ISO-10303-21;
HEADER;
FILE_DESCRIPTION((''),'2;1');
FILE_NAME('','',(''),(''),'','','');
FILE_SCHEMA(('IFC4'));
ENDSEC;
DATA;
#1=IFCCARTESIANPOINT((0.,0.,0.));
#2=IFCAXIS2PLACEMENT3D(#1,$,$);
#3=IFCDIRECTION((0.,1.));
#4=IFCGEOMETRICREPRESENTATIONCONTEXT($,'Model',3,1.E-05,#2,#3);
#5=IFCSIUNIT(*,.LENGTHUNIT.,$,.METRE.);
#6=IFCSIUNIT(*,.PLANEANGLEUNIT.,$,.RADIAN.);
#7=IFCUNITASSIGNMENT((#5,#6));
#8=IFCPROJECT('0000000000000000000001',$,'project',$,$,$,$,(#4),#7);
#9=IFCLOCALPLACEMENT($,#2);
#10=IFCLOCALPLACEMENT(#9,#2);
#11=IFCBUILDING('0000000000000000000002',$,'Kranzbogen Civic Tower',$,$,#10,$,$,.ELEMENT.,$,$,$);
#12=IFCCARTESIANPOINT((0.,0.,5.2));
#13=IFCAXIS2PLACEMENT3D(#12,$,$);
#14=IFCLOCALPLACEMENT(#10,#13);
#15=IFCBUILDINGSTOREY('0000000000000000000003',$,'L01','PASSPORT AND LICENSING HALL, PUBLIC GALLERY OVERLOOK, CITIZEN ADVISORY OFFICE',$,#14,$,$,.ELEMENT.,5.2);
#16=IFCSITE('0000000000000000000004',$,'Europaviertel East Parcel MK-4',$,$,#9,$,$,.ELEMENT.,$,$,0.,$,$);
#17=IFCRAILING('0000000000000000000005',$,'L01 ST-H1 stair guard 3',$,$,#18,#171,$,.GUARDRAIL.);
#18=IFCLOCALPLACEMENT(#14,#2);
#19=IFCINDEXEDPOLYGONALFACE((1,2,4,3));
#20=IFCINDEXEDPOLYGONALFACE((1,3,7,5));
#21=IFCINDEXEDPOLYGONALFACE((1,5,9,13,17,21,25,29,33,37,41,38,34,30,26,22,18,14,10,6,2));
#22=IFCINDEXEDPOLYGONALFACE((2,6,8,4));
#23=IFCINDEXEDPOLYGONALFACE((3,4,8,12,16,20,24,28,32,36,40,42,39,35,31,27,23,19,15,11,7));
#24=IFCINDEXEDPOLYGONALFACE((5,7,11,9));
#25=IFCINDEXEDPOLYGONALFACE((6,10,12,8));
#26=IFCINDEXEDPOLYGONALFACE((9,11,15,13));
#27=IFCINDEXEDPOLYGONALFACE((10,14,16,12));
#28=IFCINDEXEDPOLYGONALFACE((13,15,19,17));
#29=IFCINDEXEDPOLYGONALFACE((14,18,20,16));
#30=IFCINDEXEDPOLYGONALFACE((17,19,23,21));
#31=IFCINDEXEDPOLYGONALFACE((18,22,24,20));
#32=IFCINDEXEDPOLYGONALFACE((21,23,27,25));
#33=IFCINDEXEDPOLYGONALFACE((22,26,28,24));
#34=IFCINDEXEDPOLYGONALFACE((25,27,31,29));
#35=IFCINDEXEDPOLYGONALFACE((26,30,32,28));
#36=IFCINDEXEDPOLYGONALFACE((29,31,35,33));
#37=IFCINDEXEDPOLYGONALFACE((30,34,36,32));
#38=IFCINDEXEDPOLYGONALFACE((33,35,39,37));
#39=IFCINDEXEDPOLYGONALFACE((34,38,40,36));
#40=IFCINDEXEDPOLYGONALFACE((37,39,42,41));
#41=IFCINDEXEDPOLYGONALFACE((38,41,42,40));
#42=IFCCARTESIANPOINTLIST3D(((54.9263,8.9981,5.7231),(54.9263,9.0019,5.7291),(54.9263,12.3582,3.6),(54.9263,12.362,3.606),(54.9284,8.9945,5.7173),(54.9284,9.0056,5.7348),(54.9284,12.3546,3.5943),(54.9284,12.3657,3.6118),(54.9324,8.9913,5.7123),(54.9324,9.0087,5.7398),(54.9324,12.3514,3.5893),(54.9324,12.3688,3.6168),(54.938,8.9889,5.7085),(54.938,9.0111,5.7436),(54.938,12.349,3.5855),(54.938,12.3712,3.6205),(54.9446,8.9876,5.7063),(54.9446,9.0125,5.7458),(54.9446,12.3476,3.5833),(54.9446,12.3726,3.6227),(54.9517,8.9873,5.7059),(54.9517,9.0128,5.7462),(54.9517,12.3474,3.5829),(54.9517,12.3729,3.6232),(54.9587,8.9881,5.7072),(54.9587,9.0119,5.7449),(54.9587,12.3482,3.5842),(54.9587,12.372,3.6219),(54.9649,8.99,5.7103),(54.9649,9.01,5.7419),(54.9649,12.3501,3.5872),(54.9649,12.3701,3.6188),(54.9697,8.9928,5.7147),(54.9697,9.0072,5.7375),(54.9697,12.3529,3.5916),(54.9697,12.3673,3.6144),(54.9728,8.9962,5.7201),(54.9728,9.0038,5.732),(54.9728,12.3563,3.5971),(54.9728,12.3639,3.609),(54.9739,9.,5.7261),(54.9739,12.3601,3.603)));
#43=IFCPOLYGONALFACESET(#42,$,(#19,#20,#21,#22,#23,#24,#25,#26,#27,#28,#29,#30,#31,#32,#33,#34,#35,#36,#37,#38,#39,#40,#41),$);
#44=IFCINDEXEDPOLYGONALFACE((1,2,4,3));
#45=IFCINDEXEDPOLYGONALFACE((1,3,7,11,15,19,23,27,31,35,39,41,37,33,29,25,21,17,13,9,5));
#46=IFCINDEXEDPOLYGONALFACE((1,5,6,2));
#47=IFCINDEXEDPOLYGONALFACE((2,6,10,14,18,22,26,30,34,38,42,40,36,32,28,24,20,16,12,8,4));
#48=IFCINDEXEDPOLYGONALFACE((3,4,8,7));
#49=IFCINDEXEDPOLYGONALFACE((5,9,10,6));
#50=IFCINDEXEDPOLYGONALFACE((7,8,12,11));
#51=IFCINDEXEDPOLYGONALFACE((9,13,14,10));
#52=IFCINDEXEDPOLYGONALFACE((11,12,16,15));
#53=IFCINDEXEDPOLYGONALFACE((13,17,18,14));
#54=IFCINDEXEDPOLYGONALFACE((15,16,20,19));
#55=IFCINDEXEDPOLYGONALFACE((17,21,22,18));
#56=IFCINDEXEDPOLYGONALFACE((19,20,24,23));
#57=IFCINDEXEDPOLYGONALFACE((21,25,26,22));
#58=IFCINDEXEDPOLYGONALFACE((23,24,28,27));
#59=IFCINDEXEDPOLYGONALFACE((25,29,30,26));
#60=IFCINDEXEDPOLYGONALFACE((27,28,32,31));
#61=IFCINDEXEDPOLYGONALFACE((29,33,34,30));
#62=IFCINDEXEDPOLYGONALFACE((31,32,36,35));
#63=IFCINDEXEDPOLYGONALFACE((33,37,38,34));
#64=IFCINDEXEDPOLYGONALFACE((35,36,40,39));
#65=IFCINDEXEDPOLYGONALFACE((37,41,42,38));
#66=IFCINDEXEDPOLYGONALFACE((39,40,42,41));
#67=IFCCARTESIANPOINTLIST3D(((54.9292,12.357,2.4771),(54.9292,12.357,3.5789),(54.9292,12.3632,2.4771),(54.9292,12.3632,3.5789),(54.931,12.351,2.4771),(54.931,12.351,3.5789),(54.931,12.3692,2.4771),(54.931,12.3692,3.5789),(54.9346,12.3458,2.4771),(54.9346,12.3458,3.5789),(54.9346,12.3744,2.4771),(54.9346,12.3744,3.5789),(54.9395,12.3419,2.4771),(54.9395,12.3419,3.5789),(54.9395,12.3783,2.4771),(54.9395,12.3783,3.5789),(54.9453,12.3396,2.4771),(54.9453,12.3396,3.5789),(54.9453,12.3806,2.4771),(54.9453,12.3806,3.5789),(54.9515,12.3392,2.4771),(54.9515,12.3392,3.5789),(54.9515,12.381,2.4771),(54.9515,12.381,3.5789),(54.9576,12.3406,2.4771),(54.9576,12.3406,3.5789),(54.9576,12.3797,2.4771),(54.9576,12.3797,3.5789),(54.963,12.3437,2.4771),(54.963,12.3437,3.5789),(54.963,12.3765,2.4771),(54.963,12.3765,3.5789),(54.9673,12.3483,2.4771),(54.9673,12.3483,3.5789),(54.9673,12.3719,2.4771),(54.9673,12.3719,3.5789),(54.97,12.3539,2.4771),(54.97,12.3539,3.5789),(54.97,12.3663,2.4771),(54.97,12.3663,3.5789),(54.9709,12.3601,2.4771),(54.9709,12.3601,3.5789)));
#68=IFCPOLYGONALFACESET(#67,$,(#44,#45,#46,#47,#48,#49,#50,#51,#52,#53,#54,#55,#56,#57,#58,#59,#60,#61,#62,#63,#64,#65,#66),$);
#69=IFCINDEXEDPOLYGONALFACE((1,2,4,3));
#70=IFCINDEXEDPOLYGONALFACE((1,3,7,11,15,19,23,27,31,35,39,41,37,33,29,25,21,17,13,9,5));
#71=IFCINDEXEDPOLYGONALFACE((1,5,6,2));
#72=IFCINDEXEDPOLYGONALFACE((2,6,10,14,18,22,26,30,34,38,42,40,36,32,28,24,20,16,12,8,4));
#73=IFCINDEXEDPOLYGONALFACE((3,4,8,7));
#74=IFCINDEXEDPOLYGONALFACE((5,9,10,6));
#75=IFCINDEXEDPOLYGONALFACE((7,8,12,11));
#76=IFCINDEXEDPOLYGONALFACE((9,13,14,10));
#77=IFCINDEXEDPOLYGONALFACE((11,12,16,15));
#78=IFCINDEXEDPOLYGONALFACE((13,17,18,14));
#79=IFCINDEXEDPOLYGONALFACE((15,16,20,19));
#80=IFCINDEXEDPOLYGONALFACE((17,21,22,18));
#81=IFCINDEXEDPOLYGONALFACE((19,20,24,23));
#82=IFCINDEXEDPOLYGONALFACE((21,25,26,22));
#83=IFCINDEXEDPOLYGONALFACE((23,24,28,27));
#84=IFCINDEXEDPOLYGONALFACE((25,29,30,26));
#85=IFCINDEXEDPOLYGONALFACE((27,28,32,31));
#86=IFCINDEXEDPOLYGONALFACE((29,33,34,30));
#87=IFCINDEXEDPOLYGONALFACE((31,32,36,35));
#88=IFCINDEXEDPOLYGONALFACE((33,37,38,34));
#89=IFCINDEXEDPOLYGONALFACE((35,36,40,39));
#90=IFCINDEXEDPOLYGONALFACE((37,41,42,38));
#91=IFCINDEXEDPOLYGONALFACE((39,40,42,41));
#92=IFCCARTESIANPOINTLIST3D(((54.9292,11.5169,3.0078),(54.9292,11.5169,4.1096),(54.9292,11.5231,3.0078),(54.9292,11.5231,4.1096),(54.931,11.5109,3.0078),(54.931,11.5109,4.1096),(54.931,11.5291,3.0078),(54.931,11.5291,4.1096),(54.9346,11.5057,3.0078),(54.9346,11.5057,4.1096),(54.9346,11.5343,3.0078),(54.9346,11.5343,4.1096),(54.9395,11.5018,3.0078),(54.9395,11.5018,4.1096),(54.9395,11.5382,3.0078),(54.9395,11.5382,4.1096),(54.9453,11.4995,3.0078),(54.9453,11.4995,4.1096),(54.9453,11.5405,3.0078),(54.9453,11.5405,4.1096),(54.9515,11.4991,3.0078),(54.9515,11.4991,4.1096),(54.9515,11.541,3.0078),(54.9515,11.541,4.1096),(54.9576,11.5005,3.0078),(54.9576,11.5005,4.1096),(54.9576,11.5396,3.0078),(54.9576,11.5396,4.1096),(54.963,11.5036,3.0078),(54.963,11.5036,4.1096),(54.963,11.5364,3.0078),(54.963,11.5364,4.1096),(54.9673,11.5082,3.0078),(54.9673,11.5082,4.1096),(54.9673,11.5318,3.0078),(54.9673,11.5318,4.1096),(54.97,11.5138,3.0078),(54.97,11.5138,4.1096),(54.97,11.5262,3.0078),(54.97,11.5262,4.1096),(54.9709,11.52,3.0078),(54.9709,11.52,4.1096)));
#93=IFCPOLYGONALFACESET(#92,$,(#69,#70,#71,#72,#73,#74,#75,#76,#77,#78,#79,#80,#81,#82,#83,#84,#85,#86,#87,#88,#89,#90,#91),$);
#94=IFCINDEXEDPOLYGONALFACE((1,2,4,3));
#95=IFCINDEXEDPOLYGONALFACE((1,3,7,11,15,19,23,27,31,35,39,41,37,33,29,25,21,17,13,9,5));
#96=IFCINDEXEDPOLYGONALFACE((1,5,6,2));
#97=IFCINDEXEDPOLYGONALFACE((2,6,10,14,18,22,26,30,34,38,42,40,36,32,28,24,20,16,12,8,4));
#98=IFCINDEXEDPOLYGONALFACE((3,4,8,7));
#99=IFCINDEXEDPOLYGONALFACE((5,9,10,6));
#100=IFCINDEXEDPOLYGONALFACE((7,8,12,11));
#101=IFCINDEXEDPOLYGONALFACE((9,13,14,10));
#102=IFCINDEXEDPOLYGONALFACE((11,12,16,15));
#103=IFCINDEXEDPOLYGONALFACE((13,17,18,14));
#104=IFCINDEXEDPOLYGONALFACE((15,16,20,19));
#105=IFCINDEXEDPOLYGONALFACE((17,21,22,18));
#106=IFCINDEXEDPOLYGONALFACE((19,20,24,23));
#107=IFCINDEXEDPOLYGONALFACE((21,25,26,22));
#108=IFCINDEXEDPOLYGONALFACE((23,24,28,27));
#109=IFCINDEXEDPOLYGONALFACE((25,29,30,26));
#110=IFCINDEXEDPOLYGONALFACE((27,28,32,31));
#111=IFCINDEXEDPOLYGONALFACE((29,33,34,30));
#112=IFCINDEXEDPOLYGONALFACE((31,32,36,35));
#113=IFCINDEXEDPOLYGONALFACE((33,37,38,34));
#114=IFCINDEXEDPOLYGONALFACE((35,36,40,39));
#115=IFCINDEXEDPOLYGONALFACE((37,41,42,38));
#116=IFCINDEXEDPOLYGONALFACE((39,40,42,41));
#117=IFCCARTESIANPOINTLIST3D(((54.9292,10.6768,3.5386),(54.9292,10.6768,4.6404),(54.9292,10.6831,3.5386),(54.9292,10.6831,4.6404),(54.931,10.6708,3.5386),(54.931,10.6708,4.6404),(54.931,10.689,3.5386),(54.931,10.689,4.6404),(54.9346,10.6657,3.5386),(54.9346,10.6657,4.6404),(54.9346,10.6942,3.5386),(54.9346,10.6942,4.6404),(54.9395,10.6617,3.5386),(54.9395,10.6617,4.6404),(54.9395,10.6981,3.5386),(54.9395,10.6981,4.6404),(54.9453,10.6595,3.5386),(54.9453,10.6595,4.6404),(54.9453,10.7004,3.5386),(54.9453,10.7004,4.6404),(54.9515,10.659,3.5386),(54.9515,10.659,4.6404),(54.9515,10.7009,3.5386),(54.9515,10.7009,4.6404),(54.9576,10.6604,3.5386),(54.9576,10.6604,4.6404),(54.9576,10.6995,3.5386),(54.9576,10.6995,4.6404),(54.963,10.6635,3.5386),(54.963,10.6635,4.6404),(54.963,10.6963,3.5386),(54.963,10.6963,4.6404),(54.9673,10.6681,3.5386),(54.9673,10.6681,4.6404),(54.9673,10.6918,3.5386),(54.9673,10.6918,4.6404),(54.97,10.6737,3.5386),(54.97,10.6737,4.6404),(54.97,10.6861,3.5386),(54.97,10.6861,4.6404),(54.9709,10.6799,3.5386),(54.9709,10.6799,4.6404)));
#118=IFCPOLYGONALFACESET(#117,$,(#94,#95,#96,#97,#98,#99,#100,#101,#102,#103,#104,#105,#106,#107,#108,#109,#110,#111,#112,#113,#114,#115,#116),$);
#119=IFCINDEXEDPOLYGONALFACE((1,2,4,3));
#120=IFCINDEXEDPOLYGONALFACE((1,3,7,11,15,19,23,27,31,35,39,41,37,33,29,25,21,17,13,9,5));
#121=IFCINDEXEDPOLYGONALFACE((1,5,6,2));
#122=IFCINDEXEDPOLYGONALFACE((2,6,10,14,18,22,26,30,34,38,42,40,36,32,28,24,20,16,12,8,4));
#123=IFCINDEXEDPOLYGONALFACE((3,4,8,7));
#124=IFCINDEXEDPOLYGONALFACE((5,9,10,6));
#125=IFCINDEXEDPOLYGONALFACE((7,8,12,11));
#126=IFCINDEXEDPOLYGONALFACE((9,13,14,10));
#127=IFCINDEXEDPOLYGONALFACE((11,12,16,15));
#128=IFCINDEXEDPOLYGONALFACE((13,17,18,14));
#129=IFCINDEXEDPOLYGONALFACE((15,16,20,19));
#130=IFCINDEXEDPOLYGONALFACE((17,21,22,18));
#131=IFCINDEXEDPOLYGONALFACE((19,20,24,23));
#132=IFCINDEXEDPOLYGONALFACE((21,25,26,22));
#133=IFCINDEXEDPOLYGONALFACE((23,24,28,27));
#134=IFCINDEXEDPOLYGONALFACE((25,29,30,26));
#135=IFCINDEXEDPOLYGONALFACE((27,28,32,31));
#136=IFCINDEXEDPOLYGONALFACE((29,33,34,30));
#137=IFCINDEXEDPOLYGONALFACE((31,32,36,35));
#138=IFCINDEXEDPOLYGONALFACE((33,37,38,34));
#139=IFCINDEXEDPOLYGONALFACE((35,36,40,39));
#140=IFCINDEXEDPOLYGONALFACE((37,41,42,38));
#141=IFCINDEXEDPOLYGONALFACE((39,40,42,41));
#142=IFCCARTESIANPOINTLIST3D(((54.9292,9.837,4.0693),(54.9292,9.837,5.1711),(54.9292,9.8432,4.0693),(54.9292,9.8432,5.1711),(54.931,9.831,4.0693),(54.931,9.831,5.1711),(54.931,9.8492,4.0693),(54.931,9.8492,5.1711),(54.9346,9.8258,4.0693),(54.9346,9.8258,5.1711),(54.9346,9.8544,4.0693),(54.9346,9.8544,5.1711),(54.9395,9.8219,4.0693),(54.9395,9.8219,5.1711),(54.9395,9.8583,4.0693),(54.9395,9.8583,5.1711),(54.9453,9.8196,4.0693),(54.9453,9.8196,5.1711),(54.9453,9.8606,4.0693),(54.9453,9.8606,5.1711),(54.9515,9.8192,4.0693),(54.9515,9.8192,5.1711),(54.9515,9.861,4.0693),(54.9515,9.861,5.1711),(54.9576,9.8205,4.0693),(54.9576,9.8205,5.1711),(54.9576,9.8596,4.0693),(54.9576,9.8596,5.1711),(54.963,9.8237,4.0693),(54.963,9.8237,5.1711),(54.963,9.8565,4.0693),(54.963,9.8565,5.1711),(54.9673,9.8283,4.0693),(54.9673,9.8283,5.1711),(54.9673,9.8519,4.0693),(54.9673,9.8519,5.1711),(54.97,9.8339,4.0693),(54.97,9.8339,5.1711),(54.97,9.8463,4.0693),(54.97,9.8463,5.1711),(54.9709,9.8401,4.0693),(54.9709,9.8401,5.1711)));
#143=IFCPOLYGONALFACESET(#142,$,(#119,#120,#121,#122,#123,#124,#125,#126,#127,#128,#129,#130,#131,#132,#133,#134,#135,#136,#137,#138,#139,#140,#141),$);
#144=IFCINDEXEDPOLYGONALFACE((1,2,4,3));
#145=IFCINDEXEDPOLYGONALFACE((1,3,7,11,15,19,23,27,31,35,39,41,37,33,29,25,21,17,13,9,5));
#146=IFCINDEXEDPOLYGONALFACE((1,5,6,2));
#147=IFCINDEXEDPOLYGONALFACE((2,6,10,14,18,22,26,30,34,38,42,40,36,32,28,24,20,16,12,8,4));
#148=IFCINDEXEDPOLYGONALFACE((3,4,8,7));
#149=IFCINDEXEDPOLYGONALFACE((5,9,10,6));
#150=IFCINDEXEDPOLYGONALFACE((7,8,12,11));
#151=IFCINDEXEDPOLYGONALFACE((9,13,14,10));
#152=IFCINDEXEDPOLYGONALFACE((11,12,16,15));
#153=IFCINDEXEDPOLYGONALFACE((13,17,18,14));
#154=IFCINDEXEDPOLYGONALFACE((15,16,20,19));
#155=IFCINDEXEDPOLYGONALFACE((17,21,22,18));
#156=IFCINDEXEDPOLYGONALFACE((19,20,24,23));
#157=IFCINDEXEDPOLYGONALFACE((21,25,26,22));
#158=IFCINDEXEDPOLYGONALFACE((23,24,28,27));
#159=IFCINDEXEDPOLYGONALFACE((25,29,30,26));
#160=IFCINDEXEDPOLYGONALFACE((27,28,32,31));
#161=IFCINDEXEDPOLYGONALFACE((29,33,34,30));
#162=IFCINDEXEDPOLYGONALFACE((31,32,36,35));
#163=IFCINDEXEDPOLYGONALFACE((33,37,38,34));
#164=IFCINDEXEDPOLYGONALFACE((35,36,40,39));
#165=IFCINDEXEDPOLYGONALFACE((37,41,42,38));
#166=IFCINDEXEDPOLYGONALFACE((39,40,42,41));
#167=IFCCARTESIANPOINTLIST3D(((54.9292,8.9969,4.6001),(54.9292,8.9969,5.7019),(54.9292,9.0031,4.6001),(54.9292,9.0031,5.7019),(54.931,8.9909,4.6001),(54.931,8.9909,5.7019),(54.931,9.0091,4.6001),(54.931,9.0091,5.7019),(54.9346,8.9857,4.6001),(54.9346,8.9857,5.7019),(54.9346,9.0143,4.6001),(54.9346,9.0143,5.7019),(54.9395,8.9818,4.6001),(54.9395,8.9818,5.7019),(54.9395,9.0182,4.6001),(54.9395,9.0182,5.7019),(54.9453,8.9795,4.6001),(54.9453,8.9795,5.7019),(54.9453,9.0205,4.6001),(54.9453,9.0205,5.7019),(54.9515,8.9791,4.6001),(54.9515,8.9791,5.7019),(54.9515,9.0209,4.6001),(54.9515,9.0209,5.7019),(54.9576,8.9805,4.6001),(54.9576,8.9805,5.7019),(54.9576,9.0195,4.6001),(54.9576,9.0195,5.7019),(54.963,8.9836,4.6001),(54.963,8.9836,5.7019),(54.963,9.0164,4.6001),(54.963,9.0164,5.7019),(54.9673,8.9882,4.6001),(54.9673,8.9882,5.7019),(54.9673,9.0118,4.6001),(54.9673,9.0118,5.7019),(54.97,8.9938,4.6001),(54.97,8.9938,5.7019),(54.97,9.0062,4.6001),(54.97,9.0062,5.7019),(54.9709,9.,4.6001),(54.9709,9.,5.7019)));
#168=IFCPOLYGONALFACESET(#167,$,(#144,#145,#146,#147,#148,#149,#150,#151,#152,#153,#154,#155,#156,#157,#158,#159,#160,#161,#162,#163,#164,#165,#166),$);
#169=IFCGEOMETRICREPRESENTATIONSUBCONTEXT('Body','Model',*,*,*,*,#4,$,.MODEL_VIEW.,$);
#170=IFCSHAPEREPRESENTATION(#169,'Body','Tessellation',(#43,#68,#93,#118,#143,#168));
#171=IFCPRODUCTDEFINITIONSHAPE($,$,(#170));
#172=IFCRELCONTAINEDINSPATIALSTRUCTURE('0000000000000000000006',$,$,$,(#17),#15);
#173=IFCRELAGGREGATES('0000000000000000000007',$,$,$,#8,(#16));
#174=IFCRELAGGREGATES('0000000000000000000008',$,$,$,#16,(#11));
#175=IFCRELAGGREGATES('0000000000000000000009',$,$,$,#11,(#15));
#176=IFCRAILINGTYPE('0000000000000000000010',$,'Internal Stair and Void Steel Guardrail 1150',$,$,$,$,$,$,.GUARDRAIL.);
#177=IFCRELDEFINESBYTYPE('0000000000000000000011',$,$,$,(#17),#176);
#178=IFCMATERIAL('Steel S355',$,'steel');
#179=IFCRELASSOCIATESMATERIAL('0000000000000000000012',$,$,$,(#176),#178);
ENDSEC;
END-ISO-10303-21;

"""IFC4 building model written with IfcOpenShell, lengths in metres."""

from ifc_helpers import new_model, si_unit, direction, frame, origin, origin_2d, place, context, subcontext, project, spatial, circle, extrude, material, type_object, element, save


model = new_model("IFC4")

# Units and contexts
model_context = context("Model", 3, precision=1e-05, world=origin(), true_north=direction((0.0, 1.0)))
body_context = subcontext(model_context, "Body", "Model", "MODEL_VIEW")
ifc_project = project(units=[si_unit("LENGTHUNIT", "METRE"), si_unit("PLANEANGLEUNIT", "RADIAN")], contexts=[model_context])

# Site, building, storey
site_placement = place(None, origin())
site = spatial("IfcSite", under=ifc_project, at=site_placement, Name="Europaviertel East Parcel MK-4", CompositionType="ELEMENT", RefElevation=0.0)
building_placement = place(site_placement, origin())
building = spatial("IfcBuilding", under=site, at=building_placement, Name="Kranzbogen Civic Tower", CompositionType="ELEMENT")
storey_placement = place(building_placement, frame((0.0, 0.0, 5.2)))
storey = spatial("IfcBuildingStorey", under=building, at=storey_placement, Name="L01", Description="PASSPORT AND LICENSING HALL, PUBLIC GALLERY OVERLOOK, CITIZEN ADVISORY OFFICE", CompositionType="ELEMENT", Elevation=5.2)

# Shared definitions
ifc_material_1 = material(Name="Steel S355", Category="steel")

# Railing
railing_type_1 = type_object("IfcRailingType", Name="Internal Stair and Void Steel Guardrail 1150", PredefinedType="GUARDRAIL", material=ifc_material_1)
railing_1_placement = place(storey_placement, frame((54.95, 12.3601, 2.4771)))
element("IfcRailing", 1, at=railing_1_placement, inside=storey, type_object=railing_type_1, Name="L01 ST-H1 stair guard 3", PredefinedType="GUARDRAIL", context=body_context, shape_type="SweptSolid", body=[
    extrude(circle(Radius=0.0239, at=origin_2d()), frame((0.0, 0.0, 1.126), z_axis=(0.0, -0.84539, 0.53415), x_axis=(1.0, 0.0, 0.0)), (0.0, 0.0, 1.0), 3.9746),
    extrude(circle(Radius=0.021, at=origin_2d()), origin(), (0.0, 0.0, 1.0), 1.1018),
    extrude(circle(Radius=0.021, at=origin_2d()), frame((0.0, -0.8401, 0.5308)), (0.0, 0.0, 1.0), 1.1018),
    extrude(circle(Radius=0.021, at=origin_2d()), frame((0.0, -1.6802, 1.0615)), (0.0, 0.0, 1.0), 1.1018),
    extrude(circle(Radius=0.021, at=origin_2d()), frame((0.0, -2.52, 1.5923)), (0.0, 0.0, 1.0), 1.1018),
    extrude(circle(Radius=0.021, at=origin_2d()), frame((0.0, -3.3601, 2.123)), (0.0, 0.0, 1.0), 1.1018),
])

save(model, "model.ifc")
